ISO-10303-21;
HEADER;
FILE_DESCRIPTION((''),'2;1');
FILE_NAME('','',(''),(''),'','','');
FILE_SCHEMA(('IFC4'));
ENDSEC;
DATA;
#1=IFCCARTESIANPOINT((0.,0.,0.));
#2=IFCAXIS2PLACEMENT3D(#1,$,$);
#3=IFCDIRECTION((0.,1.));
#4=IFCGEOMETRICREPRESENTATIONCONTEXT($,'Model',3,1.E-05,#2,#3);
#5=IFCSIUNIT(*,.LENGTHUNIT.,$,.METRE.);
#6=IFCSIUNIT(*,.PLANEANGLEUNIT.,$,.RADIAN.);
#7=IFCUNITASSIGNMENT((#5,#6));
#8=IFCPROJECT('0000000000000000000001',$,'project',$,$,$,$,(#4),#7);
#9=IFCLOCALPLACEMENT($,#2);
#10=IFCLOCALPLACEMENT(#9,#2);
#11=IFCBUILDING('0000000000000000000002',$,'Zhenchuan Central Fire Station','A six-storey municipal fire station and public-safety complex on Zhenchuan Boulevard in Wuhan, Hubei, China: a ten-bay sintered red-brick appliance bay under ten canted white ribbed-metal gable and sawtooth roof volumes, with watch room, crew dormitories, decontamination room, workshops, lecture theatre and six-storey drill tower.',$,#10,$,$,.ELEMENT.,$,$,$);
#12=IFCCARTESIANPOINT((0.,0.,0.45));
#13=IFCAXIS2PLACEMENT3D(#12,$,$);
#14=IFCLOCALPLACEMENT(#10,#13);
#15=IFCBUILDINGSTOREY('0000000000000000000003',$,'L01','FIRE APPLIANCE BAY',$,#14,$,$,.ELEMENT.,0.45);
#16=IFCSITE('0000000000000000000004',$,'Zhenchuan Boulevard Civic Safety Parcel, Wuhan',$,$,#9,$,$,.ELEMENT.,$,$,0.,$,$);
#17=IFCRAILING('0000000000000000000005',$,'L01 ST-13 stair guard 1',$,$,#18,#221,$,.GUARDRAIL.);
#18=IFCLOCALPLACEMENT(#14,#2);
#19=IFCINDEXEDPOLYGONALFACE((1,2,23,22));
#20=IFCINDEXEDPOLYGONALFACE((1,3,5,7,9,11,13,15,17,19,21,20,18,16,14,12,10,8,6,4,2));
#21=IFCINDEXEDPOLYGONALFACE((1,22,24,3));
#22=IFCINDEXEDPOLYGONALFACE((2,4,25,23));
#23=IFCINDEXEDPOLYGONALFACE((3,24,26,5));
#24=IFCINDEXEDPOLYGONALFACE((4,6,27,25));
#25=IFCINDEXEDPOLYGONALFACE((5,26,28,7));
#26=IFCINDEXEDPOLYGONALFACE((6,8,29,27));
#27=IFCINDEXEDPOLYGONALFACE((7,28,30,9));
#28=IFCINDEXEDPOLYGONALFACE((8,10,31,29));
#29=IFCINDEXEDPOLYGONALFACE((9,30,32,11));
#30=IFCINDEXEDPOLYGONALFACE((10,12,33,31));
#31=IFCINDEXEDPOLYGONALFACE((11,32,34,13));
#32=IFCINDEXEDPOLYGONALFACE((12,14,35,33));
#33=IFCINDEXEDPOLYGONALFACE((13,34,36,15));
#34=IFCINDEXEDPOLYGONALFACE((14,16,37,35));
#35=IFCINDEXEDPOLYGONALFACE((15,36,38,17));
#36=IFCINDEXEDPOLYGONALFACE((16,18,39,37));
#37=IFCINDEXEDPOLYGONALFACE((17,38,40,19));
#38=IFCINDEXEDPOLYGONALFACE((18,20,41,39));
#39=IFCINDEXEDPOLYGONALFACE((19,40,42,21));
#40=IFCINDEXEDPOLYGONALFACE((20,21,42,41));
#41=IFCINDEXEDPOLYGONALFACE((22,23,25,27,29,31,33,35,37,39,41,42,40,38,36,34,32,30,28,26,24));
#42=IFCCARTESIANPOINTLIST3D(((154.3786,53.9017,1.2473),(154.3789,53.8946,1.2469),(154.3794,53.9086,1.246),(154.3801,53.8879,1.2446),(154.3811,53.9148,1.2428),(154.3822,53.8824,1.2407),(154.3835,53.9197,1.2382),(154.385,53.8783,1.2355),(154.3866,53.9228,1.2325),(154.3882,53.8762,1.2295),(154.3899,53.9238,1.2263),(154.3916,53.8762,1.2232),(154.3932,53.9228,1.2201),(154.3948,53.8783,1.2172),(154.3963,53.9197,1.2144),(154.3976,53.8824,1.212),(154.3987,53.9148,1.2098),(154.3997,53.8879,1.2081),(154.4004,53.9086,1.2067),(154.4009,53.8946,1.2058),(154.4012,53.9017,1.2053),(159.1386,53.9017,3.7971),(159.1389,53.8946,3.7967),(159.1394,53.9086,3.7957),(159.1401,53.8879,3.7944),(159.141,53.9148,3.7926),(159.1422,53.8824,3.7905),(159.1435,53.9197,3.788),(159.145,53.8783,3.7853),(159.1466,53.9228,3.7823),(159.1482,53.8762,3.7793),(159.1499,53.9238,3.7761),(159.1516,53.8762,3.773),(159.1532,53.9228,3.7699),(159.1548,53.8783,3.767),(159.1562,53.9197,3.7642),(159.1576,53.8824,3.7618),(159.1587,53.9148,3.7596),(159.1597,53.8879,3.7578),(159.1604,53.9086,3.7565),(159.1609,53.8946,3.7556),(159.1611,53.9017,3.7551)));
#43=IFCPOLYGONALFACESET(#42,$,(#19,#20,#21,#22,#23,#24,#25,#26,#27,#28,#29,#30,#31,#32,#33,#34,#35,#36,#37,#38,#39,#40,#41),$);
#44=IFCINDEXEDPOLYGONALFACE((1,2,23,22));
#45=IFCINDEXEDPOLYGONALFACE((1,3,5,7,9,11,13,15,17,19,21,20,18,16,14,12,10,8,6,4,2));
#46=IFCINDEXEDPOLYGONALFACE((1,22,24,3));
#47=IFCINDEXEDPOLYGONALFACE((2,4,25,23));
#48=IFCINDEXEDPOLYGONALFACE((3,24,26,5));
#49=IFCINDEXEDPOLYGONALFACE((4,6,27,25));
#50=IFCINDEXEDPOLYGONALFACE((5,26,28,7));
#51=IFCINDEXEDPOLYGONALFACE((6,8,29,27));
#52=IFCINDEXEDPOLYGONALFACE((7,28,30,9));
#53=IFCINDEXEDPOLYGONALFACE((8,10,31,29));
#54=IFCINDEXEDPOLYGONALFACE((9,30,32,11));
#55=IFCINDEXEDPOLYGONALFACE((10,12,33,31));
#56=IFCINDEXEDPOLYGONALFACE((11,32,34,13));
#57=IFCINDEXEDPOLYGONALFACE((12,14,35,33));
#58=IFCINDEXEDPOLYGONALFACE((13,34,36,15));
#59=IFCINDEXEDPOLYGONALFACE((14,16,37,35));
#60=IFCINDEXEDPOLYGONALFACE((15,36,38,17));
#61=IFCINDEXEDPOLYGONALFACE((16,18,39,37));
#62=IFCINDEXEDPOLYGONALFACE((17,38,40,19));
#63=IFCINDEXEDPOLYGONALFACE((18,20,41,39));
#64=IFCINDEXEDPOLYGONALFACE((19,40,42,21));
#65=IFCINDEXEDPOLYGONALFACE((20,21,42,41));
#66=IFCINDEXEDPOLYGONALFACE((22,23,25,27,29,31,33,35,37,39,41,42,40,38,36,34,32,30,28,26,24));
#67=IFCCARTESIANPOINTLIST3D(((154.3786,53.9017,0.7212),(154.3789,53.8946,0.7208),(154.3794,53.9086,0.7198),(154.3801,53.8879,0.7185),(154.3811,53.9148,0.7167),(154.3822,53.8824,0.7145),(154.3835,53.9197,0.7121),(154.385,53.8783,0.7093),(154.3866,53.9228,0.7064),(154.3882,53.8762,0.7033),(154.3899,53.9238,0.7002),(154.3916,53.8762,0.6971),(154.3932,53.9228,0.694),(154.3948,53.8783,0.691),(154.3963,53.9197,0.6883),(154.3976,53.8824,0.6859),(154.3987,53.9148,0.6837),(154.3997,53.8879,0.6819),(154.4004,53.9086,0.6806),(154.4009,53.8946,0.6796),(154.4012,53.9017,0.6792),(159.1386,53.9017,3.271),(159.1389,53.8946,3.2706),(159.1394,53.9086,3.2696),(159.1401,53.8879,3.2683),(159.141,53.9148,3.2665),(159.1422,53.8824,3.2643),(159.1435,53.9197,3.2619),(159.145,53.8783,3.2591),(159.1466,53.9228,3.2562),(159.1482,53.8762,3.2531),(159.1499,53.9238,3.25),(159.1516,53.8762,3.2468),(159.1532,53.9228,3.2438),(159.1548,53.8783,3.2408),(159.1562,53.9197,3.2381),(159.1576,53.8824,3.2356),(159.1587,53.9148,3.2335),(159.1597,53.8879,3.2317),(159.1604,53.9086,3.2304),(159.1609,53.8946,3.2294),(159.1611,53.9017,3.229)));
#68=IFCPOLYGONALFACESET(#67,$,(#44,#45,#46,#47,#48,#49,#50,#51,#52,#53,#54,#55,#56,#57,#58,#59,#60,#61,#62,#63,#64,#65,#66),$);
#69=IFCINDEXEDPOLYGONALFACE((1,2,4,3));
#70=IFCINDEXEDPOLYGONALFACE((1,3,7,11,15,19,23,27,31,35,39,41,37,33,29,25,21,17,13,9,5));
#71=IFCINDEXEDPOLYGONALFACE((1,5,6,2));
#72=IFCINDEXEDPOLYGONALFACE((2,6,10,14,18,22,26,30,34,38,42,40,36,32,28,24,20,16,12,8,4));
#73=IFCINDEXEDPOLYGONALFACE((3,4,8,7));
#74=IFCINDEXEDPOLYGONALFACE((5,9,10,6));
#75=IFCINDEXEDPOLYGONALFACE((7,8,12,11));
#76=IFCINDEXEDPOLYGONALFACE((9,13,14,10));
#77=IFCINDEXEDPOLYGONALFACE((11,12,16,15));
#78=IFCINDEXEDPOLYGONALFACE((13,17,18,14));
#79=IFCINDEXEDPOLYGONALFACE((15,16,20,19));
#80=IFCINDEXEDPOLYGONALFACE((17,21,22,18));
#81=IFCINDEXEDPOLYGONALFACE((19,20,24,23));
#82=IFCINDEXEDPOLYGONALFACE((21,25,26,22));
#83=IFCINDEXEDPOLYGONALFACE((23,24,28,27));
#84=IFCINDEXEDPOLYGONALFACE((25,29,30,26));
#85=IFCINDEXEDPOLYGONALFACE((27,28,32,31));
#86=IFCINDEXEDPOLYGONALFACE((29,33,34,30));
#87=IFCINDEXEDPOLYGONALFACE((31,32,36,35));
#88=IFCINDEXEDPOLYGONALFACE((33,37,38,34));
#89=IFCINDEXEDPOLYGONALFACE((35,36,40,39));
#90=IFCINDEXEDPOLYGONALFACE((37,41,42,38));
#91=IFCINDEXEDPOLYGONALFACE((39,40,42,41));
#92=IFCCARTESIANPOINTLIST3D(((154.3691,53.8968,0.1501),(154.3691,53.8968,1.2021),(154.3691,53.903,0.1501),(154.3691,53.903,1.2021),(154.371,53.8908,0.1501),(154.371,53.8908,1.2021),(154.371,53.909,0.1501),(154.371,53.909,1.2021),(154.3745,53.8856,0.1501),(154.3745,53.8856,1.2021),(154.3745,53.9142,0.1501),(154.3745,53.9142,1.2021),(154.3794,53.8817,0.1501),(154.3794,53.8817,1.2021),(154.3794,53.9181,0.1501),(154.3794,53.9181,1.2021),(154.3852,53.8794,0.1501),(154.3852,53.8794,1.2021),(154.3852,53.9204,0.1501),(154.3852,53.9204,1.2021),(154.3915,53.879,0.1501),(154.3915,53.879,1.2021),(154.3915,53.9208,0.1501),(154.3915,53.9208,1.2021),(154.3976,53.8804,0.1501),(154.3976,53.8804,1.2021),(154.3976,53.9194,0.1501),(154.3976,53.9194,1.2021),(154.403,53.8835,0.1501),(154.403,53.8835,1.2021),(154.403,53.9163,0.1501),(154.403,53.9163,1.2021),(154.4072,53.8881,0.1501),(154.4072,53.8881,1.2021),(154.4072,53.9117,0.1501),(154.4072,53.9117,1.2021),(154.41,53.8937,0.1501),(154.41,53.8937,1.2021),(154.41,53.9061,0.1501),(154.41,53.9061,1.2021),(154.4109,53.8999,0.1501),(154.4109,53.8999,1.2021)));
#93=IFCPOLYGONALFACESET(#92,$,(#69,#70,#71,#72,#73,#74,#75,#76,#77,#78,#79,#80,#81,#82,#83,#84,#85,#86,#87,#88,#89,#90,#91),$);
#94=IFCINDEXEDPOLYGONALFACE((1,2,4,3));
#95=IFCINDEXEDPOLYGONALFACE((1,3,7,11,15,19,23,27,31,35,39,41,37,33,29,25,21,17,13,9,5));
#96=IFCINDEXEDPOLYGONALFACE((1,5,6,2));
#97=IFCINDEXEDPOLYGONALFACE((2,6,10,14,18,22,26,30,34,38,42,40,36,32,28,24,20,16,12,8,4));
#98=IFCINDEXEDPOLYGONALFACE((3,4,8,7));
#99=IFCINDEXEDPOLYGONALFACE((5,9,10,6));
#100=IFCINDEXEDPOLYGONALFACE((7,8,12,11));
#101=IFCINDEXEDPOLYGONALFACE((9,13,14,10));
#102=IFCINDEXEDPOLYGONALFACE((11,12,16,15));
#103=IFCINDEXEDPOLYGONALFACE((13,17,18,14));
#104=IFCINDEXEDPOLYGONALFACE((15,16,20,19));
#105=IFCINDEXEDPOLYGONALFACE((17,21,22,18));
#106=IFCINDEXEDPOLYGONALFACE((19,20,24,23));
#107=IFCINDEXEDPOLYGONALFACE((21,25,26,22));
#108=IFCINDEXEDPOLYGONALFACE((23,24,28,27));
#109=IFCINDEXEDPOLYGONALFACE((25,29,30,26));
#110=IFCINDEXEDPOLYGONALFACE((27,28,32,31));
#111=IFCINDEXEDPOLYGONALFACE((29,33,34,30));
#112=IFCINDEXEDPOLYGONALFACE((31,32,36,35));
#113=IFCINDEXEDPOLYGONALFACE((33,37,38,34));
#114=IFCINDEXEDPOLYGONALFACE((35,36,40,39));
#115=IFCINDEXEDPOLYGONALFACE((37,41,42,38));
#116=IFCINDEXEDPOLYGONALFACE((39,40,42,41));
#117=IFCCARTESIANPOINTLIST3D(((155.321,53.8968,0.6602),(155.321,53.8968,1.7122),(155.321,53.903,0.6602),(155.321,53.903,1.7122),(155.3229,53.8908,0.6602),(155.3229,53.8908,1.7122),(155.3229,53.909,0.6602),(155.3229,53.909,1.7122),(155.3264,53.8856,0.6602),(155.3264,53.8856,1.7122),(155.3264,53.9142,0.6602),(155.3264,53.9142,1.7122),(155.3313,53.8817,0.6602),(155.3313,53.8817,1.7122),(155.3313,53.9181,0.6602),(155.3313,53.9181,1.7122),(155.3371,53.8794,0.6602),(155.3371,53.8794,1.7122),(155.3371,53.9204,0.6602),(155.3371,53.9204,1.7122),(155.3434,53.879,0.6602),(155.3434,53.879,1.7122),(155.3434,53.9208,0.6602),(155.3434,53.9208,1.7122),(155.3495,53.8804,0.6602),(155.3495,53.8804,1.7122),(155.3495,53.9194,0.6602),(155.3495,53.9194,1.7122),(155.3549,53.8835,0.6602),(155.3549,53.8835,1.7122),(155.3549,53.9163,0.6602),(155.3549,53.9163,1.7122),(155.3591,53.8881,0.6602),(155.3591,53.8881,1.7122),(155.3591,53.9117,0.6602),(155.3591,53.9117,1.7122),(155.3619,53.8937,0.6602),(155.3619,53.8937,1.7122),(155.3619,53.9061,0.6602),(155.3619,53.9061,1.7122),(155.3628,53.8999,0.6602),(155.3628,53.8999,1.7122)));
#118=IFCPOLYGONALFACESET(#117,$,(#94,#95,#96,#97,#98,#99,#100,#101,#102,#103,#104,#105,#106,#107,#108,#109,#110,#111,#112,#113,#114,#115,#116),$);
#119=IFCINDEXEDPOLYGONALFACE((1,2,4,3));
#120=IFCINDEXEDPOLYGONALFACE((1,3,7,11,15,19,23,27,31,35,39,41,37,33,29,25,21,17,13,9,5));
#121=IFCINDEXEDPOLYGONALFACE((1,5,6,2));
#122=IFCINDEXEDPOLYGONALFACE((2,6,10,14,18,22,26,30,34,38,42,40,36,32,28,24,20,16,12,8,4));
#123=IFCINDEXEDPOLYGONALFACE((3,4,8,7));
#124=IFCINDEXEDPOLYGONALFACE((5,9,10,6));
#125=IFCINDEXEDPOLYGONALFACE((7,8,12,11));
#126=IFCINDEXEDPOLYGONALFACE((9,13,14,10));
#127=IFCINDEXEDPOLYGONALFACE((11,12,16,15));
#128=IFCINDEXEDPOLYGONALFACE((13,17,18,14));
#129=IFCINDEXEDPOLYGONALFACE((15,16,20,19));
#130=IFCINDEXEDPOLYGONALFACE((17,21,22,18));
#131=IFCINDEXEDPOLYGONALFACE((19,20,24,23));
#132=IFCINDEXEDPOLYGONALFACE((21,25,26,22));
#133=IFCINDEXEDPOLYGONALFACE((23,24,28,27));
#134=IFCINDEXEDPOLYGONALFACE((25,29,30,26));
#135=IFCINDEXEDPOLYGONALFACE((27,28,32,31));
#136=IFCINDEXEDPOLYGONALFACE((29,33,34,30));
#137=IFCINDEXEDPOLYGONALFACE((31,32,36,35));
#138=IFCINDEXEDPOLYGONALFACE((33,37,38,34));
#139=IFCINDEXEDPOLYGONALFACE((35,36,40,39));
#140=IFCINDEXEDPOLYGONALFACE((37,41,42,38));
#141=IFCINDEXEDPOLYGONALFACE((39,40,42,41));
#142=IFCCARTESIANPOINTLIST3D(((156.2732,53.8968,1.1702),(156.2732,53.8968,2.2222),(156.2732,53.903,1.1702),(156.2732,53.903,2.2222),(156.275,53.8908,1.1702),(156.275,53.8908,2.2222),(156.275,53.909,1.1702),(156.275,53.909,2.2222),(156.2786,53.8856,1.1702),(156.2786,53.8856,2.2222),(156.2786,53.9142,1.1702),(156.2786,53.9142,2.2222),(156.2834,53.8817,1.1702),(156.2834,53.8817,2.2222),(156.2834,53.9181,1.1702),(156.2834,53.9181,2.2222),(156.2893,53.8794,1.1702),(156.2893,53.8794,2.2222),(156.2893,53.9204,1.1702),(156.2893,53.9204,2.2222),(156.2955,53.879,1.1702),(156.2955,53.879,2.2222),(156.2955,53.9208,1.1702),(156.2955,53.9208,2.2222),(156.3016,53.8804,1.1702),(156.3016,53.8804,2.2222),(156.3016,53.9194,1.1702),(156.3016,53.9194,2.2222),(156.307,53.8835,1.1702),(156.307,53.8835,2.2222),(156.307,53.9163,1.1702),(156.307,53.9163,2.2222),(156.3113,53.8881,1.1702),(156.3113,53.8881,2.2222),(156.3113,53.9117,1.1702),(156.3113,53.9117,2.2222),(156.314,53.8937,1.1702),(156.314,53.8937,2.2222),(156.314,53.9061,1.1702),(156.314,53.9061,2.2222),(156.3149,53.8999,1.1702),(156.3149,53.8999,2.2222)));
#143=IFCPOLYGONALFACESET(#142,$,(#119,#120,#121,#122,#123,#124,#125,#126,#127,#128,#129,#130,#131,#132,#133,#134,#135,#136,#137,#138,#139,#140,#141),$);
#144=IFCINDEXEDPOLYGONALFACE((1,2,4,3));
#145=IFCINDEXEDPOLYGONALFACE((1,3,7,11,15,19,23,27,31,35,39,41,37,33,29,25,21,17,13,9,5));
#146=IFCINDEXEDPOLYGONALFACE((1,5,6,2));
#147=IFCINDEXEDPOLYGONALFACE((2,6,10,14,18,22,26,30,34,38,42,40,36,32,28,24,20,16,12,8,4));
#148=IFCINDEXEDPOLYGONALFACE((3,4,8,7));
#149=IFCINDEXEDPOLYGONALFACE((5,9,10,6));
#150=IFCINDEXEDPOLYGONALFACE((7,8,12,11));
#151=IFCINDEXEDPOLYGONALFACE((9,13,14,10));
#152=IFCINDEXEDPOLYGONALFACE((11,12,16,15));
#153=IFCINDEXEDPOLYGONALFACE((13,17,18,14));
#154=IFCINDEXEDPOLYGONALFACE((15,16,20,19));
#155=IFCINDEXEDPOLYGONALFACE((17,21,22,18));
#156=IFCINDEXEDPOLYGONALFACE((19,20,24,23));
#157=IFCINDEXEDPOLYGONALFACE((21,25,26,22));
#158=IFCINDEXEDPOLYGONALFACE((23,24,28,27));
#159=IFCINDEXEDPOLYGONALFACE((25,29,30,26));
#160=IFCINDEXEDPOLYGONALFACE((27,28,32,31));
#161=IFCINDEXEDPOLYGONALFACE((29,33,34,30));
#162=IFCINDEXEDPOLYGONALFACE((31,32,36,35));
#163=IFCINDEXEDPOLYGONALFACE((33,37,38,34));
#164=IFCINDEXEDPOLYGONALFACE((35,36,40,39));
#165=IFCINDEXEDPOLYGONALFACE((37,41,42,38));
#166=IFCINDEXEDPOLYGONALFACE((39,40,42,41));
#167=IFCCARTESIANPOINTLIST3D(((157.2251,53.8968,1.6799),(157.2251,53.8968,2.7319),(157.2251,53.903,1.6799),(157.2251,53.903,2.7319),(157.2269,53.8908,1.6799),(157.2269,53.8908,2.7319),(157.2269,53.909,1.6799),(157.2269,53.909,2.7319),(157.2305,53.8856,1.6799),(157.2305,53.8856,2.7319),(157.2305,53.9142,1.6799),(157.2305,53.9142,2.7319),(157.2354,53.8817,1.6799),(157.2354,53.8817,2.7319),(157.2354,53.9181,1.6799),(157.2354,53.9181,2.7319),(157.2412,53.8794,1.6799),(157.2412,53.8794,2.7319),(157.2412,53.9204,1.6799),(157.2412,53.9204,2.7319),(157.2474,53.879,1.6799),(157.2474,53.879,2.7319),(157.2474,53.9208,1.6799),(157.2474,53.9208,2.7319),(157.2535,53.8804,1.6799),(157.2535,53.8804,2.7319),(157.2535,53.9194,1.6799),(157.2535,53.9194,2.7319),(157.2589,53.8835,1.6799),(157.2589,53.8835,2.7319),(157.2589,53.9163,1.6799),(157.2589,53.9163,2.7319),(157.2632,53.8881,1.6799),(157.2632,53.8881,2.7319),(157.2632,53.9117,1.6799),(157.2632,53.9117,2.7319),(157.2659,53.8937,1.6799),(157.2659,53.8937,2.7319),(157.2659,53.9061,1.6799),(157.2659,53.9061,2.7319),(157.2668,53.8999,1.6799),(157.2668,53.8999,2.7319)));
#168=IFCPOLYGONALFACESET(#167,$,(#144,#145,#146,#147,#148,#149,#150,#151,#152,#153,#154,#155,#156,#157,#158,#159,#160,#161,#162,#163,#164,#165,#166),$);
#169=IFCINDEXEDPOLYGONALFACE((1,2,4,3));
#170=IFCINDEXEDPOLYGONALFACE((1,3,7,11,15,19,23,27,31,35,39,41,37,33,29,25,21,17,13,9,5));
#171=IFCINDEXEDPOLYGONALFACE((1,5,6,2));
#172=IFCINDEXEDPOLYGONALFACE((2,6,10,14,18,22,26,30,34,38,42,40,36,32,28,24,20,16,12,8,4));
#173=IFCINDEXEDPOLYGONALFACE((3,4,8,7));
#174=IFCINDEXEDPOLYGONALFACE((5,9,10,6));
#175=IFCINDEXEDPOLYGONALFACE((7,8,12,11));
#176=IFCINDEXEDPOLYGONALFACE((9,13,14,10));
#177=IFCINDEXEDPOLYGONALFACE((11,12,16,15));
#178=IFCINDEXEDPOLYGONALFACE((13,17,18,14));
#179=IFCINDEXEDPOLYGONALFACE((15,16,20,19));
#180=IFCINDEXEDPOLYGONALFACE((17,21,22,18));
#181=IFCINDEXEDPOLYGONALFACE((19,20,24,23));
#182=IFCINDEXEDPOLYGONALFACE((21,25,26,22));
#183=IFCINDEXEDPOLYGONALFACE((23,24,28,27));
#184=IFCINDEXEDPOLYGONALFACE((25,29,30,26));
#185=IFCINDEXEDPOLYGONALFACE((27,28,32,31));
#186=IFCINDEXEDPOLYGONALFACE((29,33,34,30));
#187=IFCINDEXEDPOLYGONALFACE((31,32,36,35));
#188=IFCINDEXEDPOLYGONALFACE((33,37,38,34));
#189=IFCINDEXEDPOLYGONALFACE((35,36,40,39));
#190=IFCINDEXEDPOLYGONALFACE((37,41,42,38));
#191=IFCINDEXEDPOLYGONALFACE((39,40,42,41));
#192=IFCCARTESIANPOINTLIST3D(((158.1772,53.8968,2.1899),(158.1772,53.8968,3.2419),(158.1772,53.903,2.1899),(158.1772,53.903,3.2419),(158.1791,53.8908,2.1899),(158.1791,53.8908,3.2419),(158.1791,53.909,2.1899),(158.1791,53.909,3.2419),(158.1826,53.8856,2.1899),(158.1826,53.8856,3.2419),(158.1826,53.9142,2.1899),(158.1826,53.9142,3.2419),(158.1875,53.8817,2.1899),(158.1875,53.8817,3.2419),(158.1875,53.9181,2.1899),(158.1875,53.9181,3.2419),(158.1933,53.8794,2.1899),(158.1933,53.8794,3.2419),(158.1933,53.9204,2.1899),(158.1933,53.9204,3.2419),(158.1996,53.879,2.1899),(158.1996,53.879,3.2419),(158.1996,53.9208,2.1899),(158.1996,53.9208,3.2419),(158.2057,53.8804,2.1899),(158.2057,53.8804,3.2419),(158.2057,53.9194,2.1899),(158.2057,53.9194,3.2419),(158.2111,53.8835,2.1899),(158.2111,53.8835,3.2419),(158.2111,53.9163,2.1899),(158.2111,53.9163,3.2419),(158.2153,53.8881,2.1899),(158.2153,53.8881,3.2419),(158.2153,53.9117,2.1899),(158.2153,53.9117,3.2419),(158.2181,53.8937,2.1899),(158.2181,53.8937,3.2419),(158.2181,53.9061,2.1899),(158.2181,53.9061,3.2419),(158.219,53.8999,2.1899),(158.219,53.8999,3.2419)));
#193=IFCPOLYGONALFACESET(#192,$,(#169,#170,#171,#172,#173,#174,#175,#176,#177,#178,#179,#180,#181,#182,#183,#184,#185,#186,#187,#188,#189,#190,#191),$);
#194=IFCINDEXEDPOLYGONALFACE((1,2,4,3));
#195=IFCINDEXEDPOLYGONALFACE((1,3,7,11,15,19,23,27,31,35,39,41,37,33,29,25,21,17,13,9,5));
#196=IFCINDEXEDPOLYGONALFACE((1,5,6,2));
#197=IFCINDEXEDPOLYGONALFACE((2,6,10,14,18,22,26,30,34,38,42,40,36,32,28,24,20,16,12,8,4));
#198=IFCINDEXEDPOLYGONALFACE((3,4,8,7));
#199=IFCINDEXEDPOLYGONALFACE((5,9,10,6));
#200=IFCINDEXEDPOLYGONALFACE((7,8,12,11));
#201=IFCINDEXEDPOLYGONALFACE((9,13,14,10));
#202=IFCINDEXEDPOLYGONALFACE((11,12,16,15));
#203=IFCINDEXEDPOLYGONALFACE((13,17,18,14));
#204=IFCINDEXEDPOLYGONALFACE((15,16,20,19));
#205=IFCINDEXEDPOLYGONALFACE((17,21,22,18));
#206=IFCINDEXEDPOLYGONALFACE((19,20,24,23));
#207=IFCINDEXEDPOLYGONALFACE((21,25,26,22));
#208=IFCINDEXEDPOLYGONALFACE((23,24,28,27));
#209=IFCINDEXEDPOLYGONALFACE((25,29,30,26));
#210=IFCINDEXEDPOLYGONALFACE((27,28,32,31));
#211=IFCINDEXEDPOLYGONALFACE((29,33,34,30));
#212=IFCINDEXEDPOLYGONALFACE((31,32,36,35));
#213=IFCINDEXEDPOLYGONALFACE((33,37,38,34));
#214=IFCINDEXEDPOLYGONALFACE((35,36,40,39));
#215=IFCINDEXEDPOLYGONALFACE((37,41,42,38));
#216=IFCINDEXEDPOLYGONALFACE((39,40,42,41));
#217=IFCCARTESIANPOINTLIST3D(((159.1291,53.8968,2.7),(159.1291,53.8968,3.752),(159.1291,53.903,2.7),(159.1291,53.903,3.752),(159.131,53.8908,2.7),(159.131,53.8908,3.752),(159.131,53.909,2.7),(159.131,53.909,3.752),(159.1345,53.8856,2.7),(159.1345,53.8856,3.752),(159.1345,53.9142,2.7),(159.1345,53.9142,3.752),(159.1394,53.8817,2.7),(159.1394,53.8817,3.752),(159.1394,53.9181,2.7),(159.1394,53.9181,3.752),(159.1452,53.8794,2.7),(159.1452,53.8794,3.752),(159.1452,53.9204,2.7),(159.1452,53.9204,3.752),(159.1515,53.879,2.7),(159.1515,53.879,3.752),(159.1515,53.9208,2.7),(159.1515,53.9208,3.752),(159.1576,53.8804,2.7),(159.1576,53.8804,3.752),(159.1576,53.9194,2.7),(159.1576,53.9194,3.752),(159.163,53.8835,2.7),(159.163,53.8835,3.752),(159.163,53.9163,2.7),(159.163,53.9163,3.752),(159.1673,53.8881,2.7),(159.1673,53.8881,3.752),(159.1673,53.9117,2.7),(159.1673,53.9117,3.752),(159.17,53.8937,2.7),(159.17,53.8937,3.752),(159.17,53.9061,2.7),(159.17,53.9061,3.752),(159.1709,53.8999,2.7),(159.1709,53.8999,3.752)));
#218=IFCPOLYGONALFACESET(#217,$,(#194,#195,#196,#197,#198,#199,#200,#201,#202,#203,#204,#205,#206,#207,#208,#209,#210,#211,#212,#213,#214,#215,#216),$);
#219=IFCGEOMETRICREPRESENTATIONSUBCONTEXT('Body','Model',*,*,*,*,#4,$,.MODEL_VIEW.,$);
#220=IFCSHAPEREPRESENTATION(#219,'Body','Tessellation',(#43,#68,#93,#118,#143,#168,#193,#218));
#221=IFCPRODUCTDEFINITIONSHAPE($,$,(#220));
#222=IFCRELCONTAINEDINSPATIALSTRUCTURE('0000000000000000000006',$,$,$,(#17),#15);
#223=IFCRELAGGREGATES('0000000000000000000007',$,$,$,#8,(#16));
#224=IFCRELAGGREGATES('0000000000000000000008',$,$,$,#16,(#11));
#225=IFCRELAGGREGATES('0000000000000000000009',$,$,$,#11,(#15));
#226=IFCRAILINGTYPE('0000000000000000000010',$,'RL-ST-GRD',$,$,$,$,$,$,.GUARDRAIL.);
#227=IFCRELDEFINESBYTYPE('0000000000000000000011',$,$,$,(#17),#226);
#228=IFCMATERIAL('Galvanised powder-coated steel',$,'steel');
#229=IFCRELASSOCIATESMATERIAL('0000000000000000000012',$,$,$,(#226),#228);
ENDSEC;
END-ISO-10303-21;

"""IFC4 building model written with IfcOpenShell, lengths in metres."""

from ifc_helpers import new_model, si_unit, direction, frame, origin, origin_2d, place, context, subcontext, project, spatial, circle, extrude, material, type_object, element, save


model = new_model("IFC4")

# Units and contexts
model_context = context("Model", 3, precision=1e-05, world=origin(), true_north=direction((0.0, 1.0)))
body_context = subcontext(model_context, "Body", "Model", "MODEL_VIEW")
ifc_project = project(units=[si_unit("LENGTHUNIT", "METRE"), si_unit("PLANEANGLEUNIT", "RADIAN")], contexts=[model_context])

# Site, building, storey
site_placement = place(None, origin())
site = spatial("IfcSite", under=ifc_project, at=site_placement, Name="Zhenchuan Boulevard Civic Safety Parcel, Wuhan", CompositionType="ELEMENT", RefElevation=0.0)
building_placement = place(site_placement, origin())
building = spatial("IfcBuilding", under=site, at=building_placement, Name="Zhenchuan Central Fire Station", Description="A six-storey municipal fire station and public-safety complex on Zhenchuan Boulevard in Wuhan, Hubei, China: a ten-bay sintered red-brick appliance bay under ten canted white ribbed-metal gable and sawtooth roof volumes, with watch room, crew dormitories, decontamination room, workshops, lecture theatre and six-storey drill tower.", CompositionType="ELEMENT")
storey_placement = place(building_placement, frame((0.0, 0.0, 0.45)))
storey = spatial("IfcBuildingStorey", under=building, at=storey_placement, Name="L01", Description="FIRE APPLIANCE BAY", CompositionType="ELEMENT", Elevation=0.45)

# Railing
ifc_material_1 = material(Name="Galvanised powder-coated steel", Category="steel")
railing_type_1 = type_object("IfcRailingType", Name="RL-ST-GRD", PredefinedType="GUARDRAIL", material=ifc_material_1)
railing_1_placement = place(storey_placement, frame((154.3899, 53.8999, 0.1501)))
element("IfcRailing", 1, at=railing_1_placement, inside=storey, type_object=railing_type_1, Name="L01 ST-13 stair guard 1", PredefinedType="GUARDRAIL", context=body_context, shape_type="SweptSolid", body=[
    extrude(circle(Radius=0.0239, at=origin_2d()), frame((0.0, 0.0, 1.0762), z_axis=(0.881495, 0.0, 0.472193), x_axis=(0.0, 1.0, 0.0)), (0.0, 0.0, 1.0), 5.3999),
    extrude(circle(Radius=0.0239, at=origin_2d()), frame((0.0, 0.0, 0.55), z_axis=(0.881495, 0.0, 0.472193), x_axis=(0.0, 1.0, 0.0)), (0.0, 0.0, 1.0), 5.3999),
    extrude(circle(Radius=0.021, at=origin_2d()), origin(), (0.0, 0.0, 1.0), 1.052),
    extrude(circle(Radius=0.021, at=origin_2d()), frame((0.9519, 0.0, 0.51)), (0.0, 0.0, 1.0), 1.052),
    extrude(circle(Radius=0.021, at=origin_2d()), frame((1.9041, 0.0, 1.02)), (0.0, 0.0, 1.0), 1.052),
    extrude(circle(Radius=0.021, at=origin_2d()), frame((2.856, 0.0, 1.5298)), (0.0, 0.0, 1.0), 1.052),
    extrude(circle(Radius=0.021, at=origin_2d()), frame((3.8081, 0.0, 2.0398)), (0.0, 0.0, 1.0), 1.052),
    extrude(circle(Radius=0.021, at=origin_2d()), frame((4.76, 0.0, 2.5498)), (0.0, 0.0, 1.0), 1.052),
])

save(model, "model.ifc")
